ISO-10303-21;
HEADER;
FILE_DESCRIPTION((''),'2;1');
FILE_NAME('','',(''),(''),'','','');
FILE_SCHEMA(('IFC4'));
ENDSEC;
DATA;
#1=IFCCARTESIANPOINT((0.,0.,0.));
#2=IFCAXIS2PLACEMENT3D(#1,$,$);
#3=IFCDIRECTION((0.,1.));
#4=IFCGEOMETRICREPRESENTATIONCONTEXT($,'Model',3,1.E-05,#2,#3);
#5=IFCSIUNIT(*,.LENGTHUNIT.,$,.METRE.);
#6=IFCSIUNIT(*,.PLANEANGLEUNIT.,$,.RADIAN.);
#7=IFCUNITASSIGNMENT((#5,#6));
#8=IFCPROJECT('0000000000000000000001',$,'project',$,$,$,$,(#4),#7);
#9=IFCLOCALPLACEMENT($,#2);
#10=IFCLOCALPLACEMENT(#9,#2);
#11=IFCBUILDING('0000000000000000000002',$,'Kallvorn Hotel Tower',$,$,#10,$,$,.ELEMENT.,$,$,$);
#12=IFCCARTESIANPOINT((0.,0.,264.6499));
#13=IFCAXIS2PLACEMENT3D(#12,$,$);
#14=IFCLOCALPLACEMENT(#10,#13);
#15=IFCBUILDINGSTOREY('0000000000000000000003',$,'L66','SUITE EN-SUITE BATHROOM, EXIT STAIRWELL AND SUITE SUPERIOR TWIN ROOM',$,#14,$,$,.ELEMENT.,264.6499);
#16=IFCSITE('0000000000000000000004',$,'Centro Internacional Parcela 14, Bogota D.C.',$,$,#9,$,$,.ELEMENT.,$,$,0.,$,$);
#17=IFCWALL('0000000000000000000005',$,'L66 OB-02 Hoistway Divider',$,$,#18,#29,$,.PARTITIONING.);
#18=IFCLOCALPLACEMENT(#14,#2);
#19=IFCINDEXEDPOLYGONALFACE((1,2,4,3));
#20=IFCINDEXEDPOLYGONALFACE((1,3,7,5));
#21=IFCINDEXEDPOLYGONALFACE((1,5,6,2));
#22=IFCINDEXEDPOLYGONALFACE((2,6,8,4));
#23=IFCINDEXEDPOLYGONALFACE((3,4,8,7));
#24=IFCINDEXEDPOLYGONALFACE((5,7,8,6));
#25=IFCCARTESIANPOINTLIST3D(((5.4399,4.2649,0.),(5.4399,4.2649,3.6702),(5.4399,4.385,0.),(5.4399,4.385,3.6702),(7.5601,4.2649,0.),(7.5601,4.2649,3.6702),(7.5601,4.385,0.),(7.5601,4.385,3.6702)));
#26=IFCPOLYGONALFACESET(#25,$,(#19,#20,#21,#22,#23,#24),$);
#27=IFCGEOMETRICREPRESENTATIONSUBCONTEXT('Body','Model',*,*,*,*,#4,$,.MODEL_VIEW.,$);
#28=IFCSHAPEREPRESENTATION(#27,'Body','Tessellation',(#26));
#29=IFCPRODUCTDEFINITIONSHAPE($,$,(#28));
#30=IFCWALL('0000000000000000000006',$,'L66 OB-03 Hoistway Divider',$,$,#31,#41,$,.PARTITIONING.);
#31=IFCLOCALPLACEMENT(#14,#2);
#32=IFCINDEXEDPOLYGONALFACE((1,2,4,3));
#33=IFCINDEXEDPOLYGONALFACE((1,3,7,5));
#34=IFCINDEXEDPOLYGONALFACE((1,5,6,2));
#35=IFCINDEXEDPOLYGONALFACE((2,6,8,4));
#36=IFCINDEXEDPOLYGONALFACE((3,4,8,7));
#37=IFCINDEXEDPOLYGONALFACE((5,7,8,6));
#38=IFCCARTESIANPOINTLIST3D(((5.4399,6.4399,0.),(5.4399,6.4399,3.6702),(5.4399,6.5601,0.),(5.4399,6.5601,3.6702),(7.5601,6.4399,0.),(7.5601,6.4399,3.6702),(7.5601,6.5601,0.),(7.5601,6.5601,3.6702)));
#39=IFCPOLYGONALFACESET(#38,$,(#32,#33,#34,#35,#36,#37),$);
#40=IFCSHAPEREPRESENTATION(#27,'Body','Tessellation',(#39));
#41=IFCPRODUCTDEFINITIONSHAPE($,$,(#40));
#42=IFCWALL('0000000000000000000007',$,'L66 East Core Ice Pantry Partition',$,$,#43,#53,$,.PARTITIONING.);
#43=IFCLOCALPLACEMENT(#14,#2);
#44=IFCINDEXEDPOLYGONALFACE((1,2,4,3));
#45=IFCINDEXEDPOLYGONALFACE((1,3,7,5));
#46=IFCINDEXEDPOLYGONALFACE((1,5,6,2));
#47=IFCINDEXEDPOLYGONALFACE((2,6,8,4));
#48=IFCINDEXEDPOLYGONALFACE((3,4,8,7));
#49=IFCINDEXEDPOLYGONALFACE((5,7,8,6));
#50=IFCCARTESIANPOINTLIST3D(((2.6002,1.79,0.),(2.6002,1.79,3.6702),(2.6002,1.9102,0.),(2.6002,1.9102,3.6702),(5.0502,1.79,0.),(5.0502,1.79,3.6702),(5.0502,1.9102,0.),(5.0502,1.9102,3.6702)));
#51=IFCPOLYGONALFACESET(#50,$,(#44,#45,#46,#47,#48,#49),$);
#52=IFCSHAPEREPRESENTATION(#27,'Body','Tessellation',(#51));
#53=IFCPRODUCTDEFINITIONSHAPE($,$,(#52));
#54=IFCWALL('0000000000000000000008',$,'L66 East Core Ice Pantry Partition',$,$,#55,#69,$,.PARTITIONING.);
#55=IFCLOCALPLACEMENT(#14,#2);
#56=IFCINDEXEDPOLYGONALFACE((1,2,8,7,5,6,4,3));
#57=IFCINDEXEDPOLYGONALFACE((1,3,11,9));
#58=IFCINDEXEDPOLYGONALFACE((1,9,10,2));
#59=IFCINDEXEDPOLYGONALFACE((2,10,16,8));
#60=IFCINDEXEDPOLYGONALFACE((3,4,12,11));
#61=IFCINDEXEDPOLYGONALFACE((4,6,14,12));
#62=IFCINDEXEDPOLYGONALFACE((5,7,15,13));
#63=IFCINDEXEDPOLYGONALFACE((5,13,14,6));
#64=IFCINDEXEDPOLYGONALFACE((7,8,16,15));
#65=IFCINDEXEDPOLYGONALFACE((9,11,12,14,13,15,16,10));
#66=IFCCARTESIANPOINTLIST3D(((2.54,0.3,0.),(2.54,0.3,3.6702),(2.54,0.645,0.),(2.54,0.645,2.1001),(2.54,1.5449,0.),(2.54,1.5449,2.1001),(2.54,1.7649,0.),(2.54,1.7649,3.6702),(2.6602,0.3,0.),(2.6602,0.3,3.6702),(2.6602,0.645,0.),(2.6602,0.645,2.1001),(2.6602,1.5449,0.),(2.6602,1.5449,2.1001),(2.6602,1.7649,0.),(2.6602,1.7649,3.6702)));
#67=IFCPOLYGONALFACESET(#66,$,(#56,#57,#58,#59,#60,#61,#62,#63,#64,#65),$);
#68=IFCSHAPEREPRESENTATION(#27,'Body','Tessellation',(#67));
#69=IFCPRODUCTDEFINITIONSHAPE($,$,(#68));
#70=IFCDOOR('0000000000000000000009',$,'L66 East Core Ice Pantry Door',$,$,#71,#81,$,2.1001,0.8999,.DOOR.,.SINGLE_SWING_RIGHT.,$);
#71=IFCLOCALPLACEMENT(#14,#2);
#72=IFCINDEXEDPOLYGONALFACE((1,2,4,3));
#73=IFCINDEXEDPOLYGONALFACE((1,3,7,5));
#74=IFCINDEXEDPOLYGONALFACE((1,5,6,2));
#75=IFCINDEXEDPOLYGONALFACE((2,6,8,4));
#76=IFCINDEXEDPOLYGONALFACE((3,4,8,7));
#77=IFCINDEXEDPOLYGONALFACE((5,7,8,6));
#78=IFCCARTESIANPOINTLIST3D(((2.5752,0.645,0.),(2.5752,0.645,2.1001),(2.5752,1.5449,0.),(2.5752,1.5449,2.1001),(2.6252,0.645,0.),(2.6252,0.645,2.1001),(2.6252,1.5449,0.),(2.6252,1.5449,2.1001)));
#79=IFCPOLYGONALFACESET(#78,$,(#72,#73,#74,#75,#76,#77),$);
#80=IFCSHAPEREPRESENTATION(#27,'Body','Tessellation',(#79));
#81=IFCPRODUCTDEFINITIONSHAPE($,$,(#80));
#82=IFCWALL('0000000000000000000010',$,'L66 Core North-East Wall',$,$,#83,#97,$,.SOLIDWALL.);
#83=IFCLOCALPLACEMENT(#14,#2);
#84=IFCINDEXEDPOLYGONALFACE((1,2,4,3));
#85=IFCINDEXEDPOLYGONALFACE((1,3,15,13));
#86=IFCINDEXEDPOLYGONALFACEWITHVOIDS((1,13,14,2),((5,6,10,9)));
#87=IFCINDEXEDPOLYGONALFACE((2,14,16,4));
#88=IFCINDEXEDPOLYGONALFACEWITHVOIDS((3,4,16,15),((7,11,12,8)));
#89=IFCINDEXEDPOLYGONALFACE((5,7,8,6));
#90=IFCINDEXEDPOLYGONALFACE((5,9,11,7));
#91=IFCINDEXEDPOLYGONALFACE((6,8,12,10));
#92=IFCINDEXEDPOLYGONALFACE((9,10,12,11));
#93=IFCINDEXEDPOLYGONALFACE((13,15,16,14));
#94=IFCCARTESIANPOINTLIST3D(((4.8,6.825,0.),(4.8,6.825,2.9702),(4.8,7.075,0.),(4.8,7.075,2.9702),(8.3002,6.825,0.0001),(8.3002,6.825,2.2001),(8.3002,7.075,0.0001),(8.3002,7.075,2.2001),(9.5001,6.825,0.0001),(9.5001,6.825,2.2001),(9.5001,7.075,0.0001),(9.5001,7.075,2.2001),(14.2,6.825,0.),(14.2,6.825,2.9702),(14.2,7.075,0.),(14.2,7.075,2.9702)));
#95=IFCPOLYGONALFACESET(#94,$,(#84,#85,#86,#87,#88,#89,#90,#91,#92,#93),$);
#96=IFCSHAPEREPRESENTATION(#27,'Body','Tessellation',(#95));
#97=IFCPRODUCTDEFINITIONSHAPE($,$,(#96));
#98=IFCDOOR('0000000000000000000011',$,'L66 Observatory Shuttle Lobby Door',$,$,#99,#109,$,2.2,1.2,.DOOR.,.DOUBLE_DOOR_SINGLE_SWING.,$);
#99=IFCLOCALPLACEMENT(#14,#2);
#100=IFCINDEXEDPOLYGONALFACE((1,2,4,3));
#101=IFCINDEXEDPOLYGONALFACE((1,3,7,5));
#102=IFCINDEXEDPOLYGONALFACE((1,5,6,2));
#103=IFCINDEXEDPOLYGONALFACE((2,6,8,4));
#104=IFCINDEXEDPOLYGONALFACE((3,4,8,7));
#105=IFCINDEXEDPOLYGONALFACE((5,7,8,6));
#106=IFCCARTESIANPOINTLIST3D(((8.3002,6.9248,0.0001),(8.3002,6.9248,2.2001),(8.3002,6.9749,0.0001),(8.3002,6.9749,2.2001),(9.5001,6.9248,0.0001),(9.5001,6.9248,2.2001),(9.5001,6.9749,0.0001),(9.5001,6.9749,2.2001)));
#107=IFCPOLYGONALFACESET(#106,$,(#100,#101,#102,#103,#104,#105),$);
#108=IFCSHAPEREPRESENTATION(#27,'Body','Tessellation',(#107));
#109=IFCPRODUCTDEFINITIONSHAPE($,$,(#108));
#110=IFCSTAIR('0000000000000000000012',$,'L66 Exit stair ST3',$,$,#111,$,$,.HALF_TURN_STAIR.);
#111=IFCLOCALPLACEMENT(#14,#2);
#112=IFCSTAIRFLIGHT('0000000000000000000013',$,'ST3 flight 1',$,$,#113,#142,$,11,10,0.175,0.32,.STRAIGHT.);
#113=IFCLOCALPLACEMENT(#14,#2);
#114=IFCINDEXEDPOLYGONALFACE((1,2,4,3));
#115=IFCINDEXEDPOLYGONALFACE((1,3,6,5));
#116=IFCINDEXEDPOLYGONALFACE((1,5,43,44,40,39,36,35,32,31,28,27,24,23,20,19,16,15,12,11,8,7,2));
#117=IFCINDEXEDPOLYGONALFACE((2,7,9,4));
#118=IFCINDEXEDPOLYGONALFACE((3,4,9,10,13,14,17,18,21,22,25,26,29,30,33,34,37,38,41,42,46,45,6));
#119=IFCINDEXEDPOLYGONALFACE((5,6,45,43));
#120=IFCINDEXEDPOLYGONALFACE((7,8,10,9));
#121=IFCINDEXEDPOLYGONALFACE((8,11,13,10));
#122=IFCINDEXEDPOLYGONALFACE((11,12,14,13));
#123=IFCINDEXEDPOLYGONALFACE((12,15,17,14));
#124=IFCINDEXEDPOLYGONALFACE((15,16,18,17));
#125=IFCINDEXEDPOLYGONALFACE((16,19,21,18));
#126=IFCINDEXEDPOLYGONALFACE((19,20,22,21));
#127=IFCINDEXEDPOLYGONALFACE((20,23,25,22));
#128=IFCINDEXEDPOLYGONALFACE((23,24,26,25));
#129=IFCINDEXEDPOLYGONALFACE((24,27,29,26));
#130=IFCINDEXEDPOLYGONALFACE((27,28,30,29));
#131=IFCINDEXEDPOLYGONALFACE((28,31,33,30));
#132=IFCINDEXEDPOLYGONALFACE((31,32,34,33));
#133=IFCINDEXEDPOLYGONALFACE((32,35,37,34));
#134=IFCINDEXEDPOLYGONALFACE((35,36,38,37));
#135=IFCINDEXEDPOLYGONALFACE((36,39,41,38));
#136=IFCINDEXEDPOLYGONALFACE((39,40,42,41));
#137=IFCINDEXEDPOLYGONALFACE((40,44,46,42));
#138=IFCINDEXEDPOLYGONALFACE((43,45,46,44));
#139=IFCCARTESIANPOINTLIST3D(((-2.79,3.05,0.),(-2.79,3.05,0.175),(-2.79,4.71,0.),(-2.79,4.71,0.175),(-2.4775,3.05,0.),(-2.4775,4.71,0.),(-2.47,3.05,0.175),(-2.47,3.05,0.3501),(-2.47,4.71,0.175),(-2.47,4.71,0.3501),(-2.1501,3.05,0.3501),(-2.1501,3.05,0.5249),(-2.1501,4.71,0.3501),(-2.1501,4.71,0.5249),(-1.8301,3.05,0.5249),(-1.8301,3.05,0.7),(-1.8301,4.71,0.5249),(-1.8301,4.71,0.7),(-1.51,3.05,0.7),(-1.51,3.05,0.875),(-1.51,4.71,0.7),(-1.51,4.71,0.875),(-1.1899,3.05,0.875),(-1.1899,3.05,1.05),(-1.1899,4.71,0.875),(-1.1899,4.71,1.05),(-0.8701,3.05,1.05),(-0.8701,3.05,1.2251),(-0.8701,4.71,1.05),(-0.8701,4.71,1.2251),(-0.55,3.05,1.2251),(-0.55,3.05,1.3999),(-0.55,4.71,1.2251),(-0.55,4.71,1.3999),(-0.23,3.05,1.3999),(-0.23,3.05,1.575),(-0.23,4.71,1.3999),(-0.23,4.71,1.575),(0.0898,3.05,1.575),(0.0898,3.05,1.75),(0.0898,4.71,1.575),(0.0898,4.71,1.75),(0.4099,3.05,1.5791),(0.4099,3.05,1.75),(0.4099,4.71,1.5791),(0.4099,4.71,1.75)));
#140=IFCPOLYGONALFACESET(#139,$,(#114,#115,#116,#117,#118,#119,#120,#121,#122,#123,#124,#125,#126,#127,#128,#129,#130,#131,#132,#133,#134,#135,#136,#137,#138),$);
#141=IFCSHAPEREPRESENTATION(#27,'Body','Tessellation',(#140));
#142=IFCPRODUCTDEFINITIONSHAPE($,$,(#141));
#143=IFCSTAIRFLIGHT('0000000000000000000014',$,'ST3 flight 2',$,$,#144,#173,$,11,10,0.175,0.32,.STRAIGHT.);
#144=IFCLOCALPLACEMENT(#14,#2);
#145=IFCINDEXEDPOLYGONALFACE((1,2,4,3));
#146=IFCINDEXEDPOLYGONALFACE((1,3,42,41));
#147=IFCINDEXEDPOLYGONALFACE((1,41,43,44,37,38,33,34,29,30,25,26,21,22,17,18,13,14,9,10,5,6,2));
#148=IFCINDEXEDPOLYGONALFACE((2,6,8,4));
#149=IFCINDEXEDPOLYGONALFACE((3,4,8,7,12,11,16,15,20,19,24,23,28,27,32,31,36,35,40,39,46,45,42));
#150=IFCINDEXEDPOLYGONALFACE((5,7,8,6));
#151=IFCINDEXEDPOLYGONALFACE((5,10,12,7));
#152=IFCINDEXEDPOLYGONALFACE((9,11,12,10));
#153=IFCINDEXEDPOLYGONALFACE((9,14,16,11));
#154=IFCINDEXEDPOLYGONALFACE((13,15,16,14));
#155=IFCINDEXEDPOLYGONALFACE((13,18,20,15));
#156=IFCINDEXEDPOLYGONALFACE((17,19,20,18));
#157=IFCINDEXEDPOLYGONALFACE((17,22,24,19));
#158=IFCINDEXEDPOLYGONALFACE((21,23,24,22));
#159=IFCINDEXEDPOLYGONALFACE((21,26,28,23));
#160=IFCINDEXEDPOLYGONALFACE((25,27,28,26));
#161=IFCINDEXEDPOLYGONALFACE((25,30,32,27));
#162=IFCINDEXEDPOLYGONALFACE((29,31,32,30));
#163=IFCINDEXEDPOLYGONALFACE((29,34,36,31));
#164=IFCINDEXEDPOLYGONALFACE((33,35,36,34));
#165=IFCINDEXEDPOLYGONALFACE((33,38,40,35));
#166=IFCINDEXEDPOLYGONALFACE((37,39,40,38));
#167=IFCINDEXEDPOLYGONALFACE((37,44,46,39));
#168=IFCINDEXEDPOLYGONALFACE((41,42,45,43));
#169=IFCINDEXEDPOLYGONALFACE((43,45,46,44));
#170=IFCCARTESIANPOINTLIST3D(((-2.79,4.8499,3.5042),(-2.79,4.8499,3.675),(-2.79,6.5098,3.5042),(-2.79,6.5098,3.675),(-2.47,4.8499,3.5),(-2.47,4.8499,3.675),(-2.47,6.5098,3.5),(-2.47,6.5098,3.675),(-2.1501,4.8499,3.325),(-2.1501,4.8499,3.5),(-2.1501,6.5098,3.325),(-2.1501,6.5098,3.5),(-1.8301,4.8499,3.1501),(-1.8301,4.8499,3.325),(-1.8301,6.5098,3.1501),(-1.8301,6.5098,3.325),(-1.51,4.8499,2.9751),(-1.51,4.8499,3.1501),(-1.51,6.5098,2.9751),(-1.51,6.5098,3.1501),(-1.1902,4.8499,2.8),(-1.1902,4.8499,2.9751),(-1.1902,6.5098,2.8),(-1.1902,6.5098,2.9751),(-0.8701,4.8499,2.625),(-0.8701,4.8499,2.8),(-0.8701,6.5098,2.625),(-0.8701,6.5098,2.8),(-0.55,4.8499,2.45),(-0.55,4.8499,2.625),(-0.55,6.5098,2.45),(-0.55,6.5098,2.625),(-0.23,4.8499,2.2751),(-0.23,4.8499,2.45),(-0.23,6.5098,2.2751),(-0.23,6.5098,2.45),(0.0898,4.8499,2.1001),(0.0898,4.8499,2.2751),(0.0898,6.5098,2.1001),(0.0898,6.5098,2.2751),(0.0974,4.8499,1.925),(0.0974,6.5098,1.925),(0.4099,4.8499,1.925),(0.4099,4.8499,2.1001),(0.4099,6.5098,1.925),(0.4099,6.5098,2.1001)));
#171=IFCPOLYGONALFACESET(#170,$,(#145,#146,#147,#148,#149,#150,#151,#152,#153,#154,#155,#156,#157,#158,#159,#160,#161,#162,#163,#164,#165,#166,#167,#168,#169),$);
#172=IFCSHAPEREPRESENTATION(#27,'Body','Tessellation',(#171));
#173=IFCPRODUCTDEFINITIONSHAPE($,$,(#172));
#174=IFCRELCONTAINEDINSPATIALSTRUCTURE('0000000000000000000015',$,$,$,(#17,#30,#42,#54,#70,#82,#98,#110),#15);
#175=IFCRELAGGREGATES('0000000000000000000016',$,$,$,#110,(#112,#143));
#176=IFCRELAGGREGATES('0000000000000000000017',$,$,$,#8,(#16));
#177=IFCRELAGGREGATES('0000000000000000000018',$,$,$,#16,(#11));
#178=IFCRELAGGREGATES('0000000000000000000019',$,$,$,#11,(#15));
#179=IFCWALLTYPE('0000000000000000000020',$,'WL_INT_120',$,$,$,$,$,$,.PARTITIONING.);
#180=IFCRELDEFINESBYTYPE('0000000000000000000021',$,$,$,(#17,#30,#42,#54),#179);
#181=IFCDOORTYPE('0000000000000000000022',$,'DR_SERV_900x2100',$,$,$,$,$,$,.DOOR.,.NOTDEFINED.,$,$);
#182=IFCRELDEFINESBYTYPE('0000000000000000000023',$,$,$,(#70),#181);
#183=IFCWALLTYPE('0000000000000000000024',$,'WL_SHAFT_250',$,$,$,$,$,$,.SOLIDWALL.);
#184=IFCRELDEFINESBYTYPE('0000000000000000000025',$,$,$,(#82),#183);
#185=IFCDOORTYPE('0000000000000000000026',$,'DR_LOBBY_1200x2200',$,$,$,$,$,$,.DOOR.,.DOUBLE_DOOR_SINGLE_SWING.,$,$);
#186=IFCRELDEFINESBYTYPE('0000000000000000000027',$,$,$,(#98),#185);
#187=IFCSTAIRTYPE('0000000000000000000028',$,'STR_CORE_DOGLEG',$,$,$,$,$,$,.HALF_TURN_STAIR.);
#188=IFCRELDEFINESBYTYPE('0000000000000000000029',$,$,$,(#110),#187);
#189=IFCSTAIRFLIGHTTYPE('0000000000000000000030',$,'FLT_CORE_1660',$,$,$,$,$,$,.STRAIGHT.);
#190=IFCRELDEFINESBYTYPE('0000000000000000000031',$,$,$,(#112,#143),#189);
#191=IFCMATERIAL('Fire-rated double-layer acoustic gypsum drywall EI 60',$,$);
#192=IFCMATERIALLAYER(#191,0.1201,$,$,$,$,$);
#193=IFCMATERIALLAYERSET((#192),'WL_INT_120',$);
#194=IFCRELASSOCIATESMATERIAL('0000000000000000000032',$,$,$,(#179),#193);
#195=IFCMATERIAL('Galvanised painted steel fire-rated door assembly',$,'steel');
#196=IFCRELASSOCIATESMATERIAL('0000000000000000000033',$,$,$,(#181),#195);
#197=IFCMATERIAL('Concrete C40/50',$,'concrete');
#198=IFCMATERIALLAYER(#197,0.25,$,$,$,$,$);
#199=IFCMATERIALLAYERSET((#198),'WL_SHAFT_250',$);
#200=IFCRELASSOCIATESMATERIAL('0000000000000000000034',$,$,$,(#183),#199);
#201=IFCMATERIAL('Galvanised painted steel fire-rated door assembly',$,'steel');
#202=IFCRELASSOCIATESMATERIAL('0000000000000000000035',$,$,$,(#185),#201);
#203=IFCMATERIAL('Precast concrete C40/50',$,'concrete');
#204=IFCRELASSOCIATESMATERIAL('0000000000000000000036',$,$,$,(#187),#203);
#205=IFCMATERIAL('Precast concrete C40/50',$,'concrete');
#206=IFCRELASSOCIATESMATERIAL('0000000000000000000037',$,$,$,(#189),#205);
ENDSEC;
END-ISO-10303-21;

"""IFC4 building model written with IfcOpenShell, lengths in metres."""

from ifc_helpers import new_model, si_unit, direction, frame, frame_2d, origin, place, context, subcontext, project, spatial, polyline, rectangle, outline, extrude, material, layer, layer_set, type_object, element, fill, aggregate, save


model = new_model("IFC4")

# Units and contexts
model_context = context("Model", 3, precision=1e-05, world=origin(), true_north=direction((0.0, 1.0)))
body_context = subcontext(model_context, "Body", "Model", "MODEL_VIEW")
ifc_project = project(units=[si_unit("LENGTHUNIT", "METRE"), si_unit("PLANEANGLEUNIT", "RADIAN")], contexts=[model_context])

# Site, building, storey
site_placement = place(None, origin())
site = spatial("IfcSite", under=ifc_project, at=site_placement, Name="Centro Internacional Parcela 14, Bogota D.C.", CompositionType="ELEMENT", RefElevation=0.0)
building_placement = place(site_placement, origin())
building = spatial("IfcBuilding", under=site, at=building_placement, Name="Kallvorn Hotel Tower", CompositionType="ELEMENT")
storey_placement = place(building_placement, frame((0.0, 0.0, 264.6499)))
storey = spatial("IfcBuildingStorey", under=building, at=storey_placement, Name="L66", Description="SUITE EN-SUITE BATHROOM, EXIT STAIRWELL AND SUITE SUPERIOR TWIN ROOM", CompositionType="ELEMENT", Elevation=264.6499)

# Walls
ifc_material_1 = material(Name="Fire-rated double-layer acoustic gypsum drywall EI 60")
ifc_layer_1 = layer(ifc_material_1, 0.1201)
ifc_layer_set_1 = layer_set([ifc_layer_1], Name="WL_INT_120")
wall_type_1 = type_object("IfcWallType", Name="WL_INT_120", PredefinedType="PARTITIONING", material=ifc_layer_set_1)
for number, where, z_axis, x_axis, name in (
    (1, (5.4399, 4.325, 0.0), (0.0, 0.0, 1.0), (1.0, 0.0, 0.0), "L66 OB-02 Hoistway Divider"),
    (2, (5.4399, 6.5, 0.0), (0.0, 0.0, 1.0), (1.0, 0.0, 0.0), "L66 OB-03 Hoistway Divider"),
):
    element("IfcWall", number, at=place(storey_placement, frame(where, z_axis=z_axis, x_axis=x_axis)), inside=storey, type_object=wall_type_1, Name=name, PredefinedType="PARTITIONING", context=body_context, shape_type="SweptSolid", body=[
        extrude(rectangle(XDim=2.1201, YDim=0.1201, at=frame_2d((1.0601, 0.0))), origin(), (0.0, 0.0, 1.0), 3.6702),
    ])
wall_1_placement = place(storey_placement, frame((2.6001, 1.8501, 0.0), z_axis=(0.0, 0.0, 1.0), x_axis=(1.0, 0.0, 0.0)))
element("IfcWall", 3, at=wall_1_placement, inside=storey, type_object=wall_type_1, Name="L66 East Core Ice Pantry Partition", PredefinedType="PARTITIONING", context=body_context, shape_type="SweptSolid", body=[
    extrude(rectangle(XDim=2.45, YDim=0.1201, at=frame_2d((1.2251, 0.0))), origin(), (0.0, 0.0, 1.0), 3.6702),
])

# Walls, openings, doors
wall_2_placement = place(storey_placement, frame((2.6001, 0.3, 0.0), z_axis=(0.0, 0.0, 1.0), x_axis=(0.0, 1.0, 0.0)))
wall_2 = element("IfcWall", 4, at=wall_2_placement, inside=storey, type_object=wall_type_1, Name="L66 East Core Ice Pantry Partition", PredefinedType="PARTITIONING", context=body_context, shape_type="SweptSolid", body=[
    extrude(rectangle(XDim=1.4648, YDim=0.1201, at=frame_2d((0.7324, 0.0))), origin(), (0.0, 0.0, 1.0), 3.6702),
])
opening_1_placement = place(wall_2_placement, frame((0.345, 0.0, 0.0)))
opening_1 = element("IfcOpeningElement", 5, at=opening_1_placement, cuts=wall_2, PredefinedType="OPENING", context=body_context, shape_type="SweptSolid", body=[
    extrude(rectangle(XDim=0.8999, YDim=2.1001, at=frame_2d((0.45, 1.05))), frame((0.0, 0.075, 0.0), z_axis=(0.0, -1.0, 0.0), x_axis=(1.0, 0.0, 0.0)), (0.0, 0.0, 1.0), 0.1501),
])
ifc_material_2 = material(Name="Galvanised painted steel fire-rated door assembly", Category="steel")
door_type_1 = type_object("IfcDoorType", Name="DR_SERV_900x2100", OperationType="NOTDEFINED", PredefinedType="DOOR", material=ifc_material_2)
door_1_placement = place(opening_1_placement, origin())
door_1 = element("IfcDoor", 6, at=door_1_placement, inside=storey, type_object=door_type_1, Name="L66 East Core Ice Pantry Door", OperationType="SINGLE_SWING_RIGHT", OverallHeight=2.1001, OverallWidth=0.8999, PredefinedType="DOOR", context=body_context, shape_type="SweptSolid", body=[
    extrude(rectangle(XDim=0.8999, YDim=2.1001, at=frame_2d((0.45, 1.05))), frame((0.0, 0.0249, 0.0), z_axis=(0.0, -1.0, 0.0), x_axis=(1.0, 0.0, 0.0)), (0.0, 0.0, 1.0), 0.05),
])
fill(opening_1, door_1)
ifc_material_3 = material(Name="Concrete C40/50", Category="concrete")
ifc_layer_2 = layer(ifc_material_3, 0.25)
ifc_layer_set_2 = layer_set([ifc_layer_2], Name="WL_SHAFT_250")
wall_type_2 = type_object("IfcWallType", Name="WL_SHAFT_250", PredefinedType="SOLIDWALL", material=ifc_layer_set_2)
wall_3_placement = place(storey_placement, frame((4.8, 6.95, 0.0), z_axis=(0.0, 0.0, 1.0), x_axis=(1.0, 0.0, 0.0)))
wall_3 = element("IfcWall", 7, at=wall_3_placement, inside=storey, type_object=wall_type_2, Name="L66 Core North-East Wall", PredefinedType="SOLIDWALL", context=body_context, shape_type="SweptSolid", body=[
    extrude(rectangle(XDim=9.3999, YDim=0.25, at=frame_2d((4.7, 0.0))), origin(), (0.0, 0.0, 1.0), 2.9702),
])
opening_2_placement = place(wall_3_placement, frame((3.5, 0.0, 0.0)))
opening_2 = element("IfcOpeningElement", 8, at=opening_2_placement, cuts=wall_3, PredefinedType="OPENING", context=body_context, shape_type="SweptSolid", body=[
    extrude(rectangle(XDim=1.2, YDim=2.2, at=frame_2d((0.6001, 1.1001))), frame((0.0, 0.1399, 0.0), z_axis=(0.0, -1.0, 0.0), x_axis=(1.0, 0.0, 0.0)), (0.0, 0.0, 1.0), 0.28),
])
ifc_material_4 = material(Name="Galvanised painted steel fire-rated door assembly", Category="steel")
door_type_2 = type_object("IfcDoorType", Name="DR_LOBBY_1200x2200", OperationType="DOUBLE_DOOR_SINGLE_SWING", PredefinedType="DOOR", material=ifc_material_4)
door_2_placement = place(opening_2_placement, origin())
door_2 = element("IfcDoor", 9, at=door_2_placement, inside=storey, type_object=door_type_2, Name="L66 Observatory Shuttle Lobby Door", OperationType="DOUBLE_DOOR_SINGLE_SWING", OverallHeight=2.2, OverallWidth=1.2, PredefinedType="DOOR", context=body_context, shape_type="SweptSolid", body=[
    extrude(rectangle(XDim=1.2, YDim=2.2, at=frame_2d((0.6001, 1.1001))), frame((0.0, 0.0249, 0.0), z_axis=(0.0, -1.0, 0.0), x_axis=(1.0, 0.0, 0.0)), (0.0, 0.0, 1.0), 0.05),
])
fill(opening_2, door_2)

# Stair, stair flights
ifc_material_5 = material(Name="Precast concrete C40/50", Category="concrete")
stair_type = type_object("IfcStairType", Name="STR_CORE_DOGLEG", PredefinedType="HALF_TURN_STAIR", material=ifc_material_5)
stair_placement = place(storey_placement, origin())
stair = element("IfcStair", 10, at=stair_placement, inside=storey, type_object=stair_type, Name="L66 Exit stair ST3", PredefinedType="HALF_TURN_STAIR")
ifc_material_6 = material(Name="Precast concrete C40/50", Category="concrete")
stair_flight_type = type_object("IfcStairFlightType", Name="FLT_CORE_1660", PredefinedType="STRAIGHT", material=ifc_material_6)
stair_flight_1_placement = place(storey_placement, frame((-2.79, 3.8799, 0.0), z_axis=(0.0, 0.0, 1.0), x_axis=(1.0, 0.0, 0.0)))
stair_flight_1 = element("IfcStairFlight", 11, at=stair_flight_1_placement, type_object=stair_flight_type, Name="ST3 flight 1", NumberOfRisers=11, NumberOfTreads=10, PredefinedType="STRAIGHT", RiserHeight=0.175, TreadLength=0.32, context=body_context, shape_type="SweptSolid", body=[
    extrude(outline(polyline([(0.0, 0.0), (0.0, 0.175), (0.3201, 0.175), (0.3201, 0.3501), (0.6399, 0.3501), (0.6399, 0.5249), (0.96, 0.5249), (0.96, 0.7), (1.28, 0.7), (1.28, 0.875), (1.6001, 0.875), (1.6001, 1.05), (1.9199, 1.05), (1.9199, 1.2251), (2.24, 1.2251), (2.24, 1.3999), (2.5601, 1.3999), (2.5601, 1.575), (2.8799, 1.575), (2.8799, 1.75), (3.2, 1.75), (3.2, 1.925), (3.2, 1.5791), (0.3125, 0.0), (0.0, 0.0)])), frame((0.0, 0.8301, 0.0), z_axis=(0.0, -1.0, 0.0), x_axis=(1.0, 0.0, 0.0)), (0.0, 0.0, 1.0), 1.6599),
])
stair_flight_2_placement = place(storey_placement, frame((0.4099, 5.6799, 1.925), z_axis=(0.0, 0.0, 1.0), x_axis=(-1.0, 0.0, 0.0)))
stair_flight_2 = element("IfcStairFlight", 12, at=stair_flight_2_placement, type_object=stair_flight_type, Name="ST3 flight 2", NumberOfRisers=11, NumberOfTreads=10, PredefinedType="STRAIGHT", RiserHeight=0.175, TreadLength=0.32, context=body_context, shape_type="SweptSolid", body=[
    extrude(outline(polyline([(0.0, 0.0), (0.0, 0.175), (0.3201, 0.175), (0.3201, 0.3501), (0.6399, 0.3501), (0.6399, 0.5249), (0.96, 0.5249), (0.96, 0.7), (1.28, 0.7), (1.28, 0.875), (1.6001, 0.875), (1.6001, 1.05), (1.9199, 1.05), (1.9199, 1.2251), (2.24, 1.2251), (2.24, 1.3999), (2.5601, 1.3999), (2.5601, 1.575), (2.8799, 1.575), (2.8799, 1.75), (3.2, 1.75), (3.2, 1.925), (3.2, 1.5791), (0.3125, 0.0), (0.0, 0.0)])), frame((0.0, 0.8301, 0.0), z_axis=(0.0, -1.0, 0.0), x_axis=(1.0, 0.0, 0.0)), (0.0, 0.0, 1.0), 1.6599),
])
aggregate(stair, [stair_flight_1, stair_flight_2])

save(model, "model.ifc")
